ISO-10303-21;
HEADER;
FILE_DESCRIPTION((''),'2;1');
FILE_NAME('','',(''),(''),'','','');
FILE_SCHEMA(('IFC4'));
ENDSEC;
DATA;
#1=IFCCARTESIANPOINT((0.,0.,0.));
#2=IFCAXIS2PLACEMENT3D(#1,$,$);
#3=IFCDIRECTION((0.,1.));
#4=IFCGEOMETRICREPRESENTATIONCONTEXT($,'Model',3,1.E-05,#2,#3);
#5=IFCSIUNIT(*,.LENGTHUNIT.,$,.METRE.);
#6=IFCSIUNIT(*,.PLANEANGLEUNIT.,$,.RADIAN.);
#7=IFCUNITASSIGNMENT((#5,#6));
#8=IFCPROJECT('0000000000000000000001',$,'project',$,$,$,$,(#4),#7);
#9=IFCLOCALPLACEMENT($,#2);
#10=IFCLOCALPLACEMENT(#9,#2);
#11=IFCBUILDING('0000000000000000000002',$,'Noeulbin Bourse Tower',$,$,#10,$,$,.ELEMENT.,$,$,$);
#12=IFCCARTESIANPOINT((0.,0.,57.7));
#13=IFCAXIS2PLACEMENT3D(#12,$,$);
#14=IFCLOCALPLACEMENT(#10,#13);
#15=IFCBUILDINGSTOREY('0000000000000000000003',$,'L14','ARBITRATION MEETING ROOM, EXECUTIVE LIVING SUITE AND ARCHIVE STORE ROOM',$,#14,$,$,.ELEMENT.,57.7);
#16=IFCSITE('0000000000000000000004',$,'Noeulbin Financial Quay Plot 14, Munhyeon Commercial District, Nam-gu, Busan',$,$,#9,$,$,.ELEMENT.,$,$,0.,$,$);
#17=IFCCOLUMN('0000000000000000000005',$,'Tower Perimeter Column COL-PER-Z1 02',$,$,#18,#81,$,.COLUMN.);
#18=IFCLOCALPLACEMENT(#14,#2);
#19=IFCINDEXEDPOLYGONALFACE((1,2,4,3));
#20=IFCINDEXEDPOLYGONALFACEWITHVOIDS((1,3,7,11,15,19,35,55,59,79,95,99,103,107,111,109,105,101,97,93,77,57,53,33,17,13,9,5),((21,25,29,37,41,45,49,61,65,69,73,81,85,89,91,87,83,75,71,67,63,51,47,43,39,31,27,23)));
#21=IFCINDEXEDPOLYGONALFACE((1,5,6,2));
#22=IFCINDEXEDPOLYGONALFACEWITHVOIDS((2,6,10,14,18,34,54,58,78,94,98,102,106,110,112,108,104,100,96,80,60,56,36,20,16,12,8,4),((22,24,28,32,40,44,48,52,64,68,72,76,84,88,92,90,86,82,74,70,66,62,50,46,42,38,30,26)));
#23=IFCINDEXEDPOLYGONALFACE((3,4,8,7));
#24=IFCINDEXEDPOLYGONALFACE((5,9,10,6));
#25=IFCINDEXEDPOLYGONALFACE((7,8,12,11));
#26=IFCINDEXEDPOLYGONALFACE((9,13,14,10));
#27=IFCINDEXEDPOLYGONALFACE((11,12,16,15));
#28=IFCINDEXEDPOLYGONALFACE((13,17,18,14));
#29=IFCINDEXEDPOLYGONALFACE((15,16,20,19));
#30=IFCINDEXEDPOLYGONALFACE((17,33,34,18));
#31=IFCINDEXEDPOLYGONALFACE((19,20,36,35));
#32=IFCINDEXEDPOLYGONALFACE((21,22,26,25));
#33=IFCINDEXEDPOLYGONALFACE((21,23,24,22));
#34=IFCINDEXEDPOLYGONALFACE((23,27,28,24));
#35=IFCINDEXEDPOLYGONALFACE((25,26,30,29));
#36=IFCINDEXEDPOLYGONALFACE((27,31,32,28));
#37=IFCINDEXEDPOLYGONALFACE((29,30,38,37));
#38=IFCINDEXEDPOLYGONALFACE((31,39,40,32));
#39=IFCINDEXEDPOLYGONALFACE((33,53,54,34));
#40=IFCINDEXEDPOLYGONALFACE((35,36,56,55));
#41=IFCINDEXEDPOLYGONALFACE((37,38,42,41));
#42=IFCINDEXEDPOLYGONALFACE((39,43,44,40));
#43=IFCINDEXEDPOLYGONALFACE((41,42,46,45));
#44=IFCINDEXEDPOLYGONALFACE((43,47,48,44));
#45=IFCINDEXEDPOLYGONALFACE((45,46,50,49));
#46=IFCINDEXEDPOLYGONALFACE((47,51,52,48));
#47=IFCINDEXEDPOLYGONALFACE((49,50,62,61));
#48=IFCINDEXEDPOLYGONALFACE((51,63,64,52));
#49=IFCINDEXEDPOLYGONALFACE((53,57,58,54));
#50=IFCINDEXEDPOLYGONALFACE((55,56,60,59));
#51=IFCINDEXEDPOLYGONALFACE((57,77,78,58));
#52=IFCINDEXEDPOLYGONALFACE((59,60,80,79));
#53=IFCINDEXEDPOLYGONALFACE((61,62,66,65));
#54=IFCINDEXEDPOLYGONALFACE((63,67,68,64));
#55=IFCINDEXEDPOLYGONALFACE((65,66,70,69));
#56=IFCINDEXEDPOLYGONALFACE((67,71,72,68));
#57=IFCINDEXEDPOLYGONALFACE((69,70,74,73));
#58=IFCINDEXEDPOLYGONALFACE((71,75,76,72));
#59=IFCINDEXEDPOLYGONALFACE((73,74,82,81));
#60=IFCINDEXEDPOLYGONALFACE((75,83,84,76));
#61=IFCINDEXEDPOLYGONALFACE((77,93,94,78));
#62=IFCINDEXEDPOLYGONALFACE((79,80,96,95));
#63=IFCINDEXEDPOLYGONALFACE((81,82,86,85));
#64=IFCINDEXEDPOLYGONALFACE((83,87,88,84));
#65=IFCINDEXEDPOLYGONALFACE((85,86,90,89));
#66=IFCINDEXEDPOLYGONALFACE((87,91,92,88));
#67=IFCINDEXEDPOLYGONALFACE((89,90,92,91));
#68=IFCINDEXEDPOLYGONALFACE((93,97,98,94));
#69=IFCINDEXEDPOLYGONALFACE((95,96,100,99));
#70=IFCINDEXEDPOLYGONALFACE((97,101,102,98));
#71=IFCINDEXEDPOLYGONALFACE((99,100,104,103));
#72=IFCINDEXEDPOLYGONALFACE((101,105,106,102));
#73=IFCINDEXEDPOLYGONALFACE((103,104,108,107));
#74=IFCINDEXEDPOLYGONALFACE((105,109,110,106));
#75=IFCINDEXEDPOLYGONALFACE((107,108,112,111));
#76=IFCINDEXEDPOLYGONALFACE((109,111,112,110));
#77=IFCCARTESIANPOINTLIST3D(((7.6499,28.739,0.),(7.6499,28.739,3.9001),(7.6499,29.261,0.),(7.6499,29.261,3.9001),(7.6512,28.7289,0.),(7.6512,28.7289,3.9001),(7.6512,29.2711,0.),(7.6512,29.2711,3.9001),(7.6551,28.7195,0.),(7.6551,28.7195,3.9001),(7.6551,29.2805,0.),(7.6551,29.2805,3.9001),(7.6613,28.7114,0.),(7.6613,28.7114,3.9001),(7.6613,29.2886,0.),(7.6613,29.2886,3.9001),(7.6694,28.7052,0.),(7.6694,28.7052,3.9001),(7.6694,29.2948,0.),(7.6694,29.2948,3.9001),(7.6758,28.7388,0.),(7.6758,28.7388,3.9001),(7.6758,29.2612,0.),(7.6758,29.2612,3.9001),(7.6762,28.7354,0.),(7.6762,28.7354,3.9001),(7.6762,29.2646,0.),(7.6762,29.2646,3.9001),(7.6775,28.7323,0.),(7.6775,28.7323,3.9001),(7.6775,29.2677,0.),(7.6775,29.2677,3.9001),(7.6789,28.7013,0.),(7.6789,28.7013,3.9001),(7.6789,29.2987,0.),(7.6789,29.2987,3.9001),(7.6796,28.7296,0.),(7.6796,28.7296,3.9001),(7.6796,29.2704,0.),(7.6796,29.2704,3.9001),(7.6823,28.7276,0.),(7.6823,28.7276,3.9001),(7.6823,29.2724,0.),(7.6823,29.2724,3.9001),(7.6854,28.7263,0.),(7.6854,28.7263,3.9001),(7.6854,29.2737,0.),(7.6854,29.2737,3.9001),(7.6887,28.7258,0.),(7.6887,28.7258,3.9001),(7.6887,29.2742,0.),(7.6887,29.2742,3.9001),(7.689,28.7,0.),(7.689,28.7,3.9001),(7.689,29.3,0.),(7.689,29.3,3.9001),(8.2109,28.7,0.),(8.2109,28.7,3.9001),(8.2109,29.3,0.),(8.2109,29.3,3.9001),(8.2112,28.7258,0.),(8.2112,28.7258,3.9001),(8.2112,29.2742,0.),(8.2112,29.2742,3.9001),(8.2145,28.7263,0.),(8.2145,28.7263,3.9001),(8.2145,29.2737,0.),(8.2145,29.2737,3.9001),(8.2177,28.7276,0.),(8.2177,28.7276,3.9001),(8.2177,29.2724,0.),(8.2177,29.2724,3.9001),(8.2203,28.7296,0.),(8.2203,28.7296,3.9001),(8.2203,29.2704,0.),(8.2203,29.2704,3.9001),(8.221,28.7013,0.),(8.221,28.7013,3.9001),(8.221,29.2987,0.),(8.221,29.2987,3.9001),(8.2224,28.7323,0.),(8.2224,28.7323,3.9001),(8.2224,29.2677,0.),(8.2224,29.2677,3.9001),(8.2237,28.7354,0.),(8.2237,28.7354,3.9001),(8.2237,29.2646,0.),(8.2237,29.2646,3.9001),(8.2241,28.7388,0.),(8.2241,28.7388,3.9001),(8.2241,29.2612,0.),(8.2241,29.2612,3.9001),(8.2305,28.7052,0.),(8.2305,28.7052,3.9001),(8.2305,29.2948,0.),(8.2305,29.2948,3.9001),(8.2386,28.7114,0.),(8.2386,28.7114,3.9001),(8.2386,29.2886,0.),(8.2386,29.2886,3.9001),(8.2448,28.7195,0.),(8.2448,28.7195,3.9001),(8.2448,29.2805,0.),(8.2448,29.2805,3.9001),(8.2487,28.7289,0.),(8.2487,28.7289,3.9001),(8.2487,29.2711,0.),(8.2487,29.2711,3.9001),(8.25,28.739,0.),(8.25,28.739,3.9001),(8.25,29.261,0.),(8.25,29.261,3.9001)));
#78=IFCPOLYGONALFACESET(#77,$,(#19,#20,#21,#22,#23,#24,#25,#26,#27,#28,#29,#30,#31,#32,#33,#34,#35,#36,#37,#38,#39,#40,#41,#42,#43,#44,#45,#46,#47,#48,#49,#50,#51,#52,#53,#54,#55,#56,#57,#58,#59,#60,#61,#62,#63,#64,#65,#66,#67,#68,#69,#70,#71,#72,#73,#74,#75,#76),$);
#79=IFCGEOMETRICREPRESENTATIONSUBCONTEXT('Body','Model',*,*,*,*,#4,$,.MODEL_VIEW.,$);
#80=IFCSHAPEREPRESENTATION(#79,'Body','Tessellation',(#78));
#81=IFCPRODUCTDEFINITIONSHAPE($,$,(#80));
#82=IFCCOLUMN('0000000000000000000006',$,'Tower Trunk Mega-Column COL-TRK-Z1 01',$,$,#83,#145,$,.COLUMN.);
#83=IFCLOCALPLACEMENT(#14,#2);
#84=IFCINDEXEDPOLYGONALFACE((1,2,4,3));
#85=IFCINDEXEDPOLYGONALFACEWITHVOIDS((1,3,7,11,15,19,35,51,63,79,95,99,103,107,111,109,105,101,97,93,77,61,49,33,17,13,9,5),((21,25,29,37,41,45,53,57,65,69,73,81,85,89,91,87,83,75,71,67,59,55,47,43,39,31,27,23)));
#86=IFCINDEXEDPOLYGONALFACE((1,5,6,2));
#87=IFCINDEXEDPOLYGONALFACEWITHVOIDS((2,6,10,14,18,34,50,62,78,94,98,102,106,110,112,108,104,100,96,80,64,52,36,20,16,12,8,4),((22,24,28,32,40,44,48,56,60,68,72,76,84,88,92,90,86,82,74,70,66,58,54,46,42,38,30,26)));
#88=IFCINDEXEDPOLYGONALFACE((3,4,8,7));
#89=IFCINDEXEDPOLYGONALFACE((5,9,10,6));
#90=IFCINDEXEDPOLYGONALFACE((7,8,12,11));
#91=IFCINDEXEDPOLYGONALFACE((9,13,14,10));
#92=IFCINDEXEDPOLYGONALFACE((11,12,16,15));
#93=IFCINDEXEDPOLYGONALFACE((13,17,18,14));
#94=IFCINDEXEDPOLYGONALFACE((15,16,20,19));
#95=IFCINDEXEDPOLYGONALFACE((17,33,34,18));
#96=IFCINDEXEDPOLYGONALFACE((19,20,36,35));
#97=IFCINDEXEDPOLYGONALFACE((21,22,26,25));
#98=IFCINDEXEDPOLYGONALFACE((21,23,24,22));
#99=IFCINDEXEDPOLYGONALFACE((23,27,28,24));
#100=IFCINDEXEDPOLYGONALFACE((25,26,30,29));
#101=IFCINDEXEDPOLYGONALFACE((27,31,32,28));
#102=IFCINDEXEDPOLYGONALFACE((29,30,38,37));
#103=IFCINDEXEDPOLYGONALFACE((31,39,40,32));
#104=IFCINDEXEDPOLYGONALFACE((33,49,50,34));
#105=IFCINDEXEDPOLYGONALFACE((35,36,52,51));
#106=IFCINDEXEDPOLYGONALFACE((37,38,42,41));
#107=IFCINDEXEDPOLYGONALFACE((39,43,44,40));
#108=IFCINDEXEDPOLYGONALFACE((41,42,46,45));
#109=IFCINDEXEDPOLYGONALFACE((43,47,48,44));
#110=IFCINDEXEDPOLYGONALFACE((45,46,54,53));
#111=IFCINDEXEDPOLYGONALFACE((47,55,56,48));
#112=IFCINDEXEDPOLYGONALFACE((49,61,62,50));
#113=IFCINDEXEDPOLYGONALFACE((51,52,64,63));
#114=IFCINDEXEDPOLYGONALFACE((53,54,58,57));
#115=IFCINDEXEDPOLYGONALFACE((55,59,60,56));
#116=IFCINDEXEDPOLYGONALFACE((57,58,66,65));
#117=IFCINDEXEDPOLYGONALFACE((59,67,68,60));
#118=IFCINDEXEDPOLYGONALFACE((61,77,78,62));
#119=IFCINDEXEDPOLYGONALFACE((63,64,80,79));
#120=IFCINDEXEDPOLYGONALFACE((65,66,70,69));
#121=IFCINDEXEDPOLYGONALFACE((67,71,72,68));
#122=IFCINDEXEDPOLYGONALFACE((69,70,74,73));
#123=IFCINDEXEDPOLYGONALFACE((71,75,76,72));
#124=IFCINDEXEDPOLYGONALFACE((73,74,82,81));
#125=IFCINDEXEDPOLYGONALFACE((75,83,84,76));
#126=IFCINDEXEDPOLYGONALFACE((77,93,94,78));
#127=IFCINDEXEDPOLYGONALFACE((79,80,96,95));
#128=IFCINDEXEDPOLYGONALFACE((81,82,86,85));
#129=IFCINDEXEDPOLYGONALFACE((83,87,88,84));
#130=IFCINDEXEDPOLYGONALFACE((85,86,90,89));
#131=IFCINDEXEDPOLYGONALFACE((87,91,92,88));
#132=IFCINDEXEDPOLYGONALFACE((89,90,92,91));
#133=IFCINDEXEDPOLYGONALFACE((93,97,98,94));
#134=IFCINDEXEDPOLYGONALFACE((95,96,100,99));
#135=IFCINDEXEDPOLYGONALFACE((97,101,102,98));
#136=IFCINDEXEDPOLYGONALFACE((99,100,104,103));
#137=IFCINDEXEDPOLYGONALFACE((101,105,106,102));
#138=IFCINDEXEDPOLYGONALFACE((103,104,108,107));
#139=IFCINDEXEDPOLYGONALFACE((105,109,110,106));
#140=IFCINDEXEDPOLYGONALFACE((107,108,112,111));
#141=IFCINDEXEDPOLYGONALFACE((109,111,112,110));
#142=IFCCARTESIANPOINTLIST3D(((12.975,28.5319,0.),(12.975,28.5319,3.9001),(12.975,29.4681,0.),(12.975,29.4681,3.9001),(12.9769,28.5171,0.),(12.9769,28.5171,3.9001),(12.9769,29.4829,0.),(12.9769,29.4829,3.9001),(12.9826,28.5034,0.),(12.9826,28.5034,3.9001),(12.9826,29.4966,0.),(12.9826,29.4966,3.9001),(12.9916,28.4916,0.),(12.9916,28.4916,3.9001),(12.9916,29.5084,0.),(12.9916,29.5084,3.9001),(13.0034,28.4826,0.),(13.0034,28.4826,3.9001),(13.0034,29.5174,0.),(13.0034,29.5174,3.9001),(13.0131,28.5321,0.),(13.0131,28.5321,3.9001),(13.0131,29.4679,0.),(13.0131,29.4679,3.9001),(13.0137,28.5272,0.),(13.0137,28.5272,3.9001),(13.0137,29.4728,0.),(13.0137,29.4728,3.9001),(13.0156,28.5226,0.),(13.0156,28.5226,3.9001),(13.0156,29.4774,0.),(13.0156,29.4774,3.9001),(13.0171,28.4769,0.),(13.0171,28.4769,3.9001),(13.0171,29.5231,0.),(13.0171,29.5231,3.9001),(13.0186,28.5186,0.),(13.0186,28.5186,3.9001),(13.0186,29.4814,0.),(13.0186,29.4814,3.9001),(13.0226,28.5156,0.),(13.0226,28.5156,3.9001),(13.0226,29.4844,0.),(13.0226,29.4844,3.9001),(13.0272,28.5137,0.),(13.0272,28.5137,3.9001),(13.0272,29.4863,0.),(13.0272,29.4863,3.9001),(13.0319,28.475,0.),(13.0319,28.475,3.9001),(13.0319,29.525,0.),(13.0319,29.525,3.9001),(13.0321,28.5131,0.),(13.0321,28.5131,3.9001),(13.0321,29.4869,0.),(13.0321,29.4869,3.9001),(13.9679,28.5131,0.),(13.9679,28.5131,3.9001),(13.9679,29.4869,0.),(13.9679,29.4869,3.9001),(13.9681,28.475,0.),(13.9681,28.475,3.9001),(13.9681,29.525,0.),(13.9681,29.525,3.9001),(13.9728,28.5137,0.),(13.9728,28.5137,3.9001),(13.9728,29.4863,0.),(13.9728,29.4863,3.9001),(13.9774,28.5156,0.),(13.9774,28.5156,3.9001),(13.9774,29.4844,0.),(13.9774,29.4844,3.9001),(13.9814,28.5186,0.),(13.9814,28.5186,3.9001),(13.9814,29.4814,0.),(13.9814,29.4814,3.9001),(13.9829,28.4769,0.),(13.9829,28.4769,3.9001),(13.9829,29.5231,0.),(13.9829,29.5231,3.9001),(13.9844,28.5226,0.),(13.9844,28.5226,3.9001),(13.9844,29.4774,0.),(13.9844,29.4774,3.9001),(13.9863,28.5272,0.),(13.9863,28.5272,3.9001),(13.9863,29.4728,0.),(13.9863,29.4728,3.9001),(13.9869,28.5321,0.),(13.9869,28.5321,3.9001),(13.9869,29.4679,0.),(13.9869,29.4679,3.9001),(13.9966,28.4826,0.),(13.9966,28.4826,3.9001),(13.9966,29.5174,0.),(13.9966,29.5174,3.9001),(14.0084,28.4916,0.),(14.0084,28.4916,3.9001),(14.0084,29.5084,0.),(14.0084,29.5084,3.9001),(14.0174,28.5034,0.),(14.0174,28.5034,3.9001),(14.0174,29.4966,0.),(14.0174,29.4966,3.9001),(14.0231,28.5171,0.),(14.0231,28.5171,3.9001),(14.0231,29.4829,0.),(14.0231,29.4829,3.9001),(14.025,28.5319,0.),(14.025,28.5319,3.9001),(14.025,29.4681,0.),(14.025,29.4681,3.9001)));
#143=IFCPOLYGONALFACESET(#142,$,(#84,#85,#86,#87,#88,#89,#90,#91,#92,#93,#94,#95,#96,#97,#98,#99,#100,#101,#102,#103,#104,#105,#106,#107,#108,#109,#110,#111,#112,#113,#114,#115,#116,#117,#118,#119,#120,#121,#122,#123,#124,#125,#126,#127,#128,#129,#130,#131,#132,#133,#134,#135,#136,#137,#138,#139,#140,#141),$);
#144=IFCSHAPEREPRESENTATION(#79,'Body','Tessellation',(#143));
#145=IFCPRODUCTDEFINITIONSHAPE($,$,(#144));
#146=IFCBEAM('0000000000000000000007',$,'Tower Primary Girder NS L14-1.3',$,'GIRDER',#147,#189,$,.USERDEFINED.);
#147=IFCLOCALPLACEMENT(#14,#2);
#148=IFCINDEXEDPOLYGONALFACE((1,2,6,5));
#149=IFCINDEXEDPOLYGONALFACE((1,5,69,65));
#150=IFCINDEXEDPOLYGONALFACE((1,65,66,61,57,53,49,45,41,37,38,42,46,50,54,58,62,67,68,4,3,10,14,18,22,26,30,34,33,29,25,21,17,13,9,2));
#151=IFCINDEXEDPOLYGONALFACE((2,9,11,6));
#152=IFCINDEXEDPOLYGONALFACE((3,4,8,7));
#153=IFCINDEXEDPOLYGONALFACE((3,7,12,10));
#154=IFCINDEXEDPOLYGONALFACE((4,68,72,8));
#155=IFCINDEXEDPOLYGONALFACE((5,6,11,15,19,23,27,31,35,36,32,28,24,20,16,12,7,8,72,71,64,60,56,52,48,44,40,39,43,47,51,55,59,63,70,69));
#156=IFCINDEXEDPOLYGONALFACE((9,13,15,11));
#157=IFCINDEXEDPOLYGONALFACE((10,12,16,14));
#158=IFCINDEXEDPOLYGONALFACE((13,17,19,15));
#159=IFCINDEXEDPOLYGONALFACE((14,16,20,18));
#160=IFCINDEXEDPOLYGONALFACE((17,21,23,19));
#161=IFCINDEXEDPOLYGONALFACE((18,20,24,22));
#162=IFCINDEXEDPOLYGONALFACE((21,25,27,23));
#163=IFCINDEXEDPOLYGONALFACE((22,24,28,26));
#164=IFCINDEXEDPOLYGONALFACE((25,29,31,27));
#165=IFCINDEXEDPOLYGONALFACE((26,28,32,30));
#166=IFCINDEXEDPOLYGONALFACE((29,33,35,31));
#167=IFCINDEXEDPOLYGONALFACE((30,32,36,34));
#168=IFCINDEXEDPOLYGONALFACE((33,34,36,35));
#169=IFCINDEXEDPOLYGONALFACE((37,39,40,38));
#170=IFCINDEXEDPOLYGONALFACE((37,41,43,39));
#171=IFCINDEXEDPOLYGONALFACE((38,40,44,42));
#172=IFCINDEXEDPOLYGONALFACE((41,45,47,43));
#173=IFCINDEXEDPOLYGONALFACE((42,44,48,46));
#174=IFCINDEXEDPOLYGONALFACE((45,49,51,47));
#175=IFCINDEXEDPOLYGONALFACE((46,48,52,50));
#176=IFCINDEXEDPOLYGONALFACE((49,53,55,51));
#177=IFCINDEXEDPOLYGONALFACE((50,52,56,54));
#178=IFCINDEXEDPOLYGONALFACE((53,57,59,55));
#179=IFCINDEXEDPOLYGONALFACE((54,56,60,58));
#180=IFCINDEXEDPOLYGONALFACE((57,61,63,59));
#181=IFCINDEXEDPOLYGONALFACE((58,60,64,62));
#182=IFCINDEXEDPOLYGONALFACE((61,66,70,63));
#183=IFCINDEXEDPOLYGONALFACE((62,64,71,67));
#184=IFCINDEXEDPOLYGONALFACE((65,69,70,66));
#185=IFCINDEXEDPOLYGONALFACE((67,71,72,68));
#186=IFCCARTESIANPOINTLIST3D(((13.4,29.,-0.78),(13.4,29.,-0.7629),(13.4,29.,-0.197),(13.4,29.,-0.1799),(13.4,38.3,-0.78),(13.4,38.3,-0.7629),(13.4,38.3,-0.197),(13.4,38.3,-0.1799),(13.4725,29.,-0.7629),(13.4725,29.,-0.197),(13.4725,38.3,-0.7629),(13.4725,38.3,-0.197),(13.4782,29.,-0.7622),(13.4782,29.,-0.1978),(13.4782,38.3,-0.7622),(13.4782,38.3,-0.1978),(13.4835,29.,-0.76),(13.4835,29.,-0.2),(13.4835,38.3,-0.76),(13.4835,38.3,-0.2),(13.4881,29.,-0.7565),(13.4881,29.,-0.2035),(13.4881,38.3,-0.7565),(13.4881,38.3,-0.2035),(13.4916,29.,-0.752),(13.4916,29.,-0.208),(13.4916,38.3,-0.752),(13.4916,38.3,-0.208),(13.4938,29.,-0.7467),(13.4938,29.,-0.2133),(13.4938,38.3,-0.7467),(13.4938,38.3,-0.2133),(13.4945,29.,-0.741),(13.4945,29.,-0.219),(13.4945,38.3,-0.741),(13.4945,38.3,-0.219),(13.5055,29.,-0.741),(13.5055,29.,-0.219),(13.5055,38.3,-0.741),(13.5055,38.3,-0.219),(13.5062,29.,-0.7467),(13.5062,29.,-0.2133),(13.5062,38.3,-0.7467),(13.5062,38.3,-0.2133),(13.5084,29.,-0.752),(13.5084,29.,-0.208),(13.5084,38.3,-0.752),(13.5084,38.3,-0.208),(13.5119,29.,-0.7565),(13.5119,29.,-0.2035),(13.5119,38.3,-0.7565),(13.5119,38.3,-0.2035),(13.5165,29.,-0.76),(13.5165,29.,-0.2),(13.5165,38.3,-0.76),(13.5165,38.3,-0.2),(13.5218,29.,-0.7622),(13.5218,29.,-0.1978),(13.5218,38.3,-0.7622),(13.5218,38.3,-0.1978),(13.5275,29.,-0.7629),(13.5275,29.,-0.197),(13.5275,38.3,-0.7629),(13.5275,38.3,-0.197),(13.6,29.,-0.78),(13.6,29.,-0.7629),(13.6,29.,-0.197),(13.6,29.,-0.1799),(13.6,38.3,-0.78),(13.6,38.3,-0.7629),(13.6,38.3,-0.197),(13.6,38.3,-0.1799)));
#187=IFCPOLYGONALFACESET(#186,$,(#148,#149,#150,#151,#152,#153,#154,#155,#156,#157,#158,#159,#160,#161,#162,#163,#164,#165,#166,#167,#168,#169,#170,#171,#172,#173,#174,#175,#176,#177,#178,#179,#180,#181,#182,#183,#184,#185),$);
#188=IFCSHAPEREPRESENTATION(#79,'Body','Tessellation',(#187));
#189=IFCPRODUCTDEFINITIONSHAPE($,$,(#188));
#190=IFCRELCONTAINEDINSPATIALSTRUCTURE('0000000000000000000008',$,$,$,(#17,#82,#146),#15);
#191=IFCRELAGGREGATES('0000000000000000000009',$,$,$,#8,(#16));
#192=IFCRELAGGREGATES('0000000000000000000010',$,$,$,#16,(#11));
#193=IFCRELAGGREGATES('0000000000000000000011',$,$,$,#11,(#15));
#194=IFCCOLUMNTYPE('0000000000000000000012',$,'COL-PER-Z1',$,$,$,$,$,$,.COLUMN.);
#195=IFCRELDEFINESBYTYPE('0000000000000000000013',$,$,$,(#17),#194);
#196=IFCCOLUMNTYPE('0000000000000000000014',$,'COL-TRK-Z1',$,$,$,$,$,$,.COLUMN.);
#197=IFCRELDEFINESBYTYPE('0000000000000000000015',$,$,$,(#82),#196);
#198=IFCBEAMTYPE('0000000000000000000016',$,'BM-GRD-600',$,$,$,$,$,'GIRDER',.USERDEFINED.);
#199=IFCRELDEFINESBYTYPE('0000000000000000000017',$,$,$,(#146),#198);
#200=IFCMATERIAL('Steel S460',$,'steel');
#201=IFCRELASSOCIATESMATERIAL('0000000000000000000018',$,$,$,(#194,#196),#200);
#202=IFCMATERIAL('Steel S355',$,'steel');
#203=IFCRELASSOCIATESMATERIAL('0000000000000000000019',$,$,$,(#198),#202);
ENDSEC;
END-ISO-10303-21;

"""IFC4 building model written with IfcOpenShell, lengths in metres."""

from ifc_helpers import new_model, si_unit, direction, frame, origin, origin_2d, place, context, subcontext, project, spatial, hollow_rectangle, i_section, extrude, material, material_profile, profile_set, type_object, element, save


model = new_model("IFC4")

# Units and contexts
model_context = context("Model", 3, precision=1e-05, world=origin(), true_north=direction((0.0, 1.0)))
body_context = subcontext(model_context, "Body", "Model", "MODEL_VIEW")
ifc_project = project(units=[si_unit("LENGTHUNIT", "METRE"), si_unit("PLANEANGLEUNIT", "RADIAN")], contexts=[model_context])

# Site, building, storey
site_placement = place(None, origin())
site = spatial("IfcSite", under=ifc_project, at=site_placement, Name="Noeulbin Financial Quay Plot 14, Munhyeon Commercial District, Nam-gu, Busan", CompositionType="ELEMENT", RefElevation=0.0)
building_placement = place(site_placement, origin())
building = spatial("IfcBuilding", under=site, at=building_placement, Name="Noeulbin Bourse Tower", CompositionType="ELEMENT")
storey_placement = place(building_placement, frame((0.0, 0.0, 57.7)))
storey = spatial("IfcBuildingStorey", under=building, at=storey_placement, Name="L14", Description="ARBITRATION MEETING ROOM, EXECUTIVE LIVING SUITE AND ARCHIVE STORE ROOM", CompositionType="ELEMENT", Elevation=57.7)

# Columns
ifc_material_1 = material(Name="Steel S460", Category="steel")
ifc_material_profile_1 = material_profile(ifc_material_1, hollow_rectangle(XDim=0.6001, YDim=0.6001, WallThickness=0.0259, InnerFilletRadius=0.0129, OuterFilletRadius=0.0391, at=origin_2d()), Name="BOX-600x600x26", Category="LoadBearing")
ifc_profile_set_1 = profile_set([ifc_material_profile_1], Name="Steel S460")
column_type_1 = type_object("IfcColumnType", Name="COL-PER-Z1", PredefinedType="COLUMN", material=ifc_profile_set_1)
column_1_placement = place(storey_placement, frame((7.95, 29.0, 0.0), z_axis=(0.0, 0.0, 1.0), x_axis=(1.0, 0.0, 0.0)))
element("IfcColumn", 1, at=column_1_placement, inside=storey, type_object=column_type_1, Name="Tower Perimeter Column COL-PER-Z1 02", PredefinedType="COLUMN", context=body_context, shape_type="SweptSolid", body=[
    extrude(hollow_rectangle(XDim=0.6001, YDim=0.6001, WallThickness=0.0259, InnerFilletRadius=0.0129, OuterFilletRadius=0.0391, at=origin_2d()), origin(), (0.0, 0.0, 1.0), 3.9001),
])
ifc_material_profile_2 = material_profile(ifc_material_1, hollow_rectangle(XDim=1.05, YDim=1.05, WallThickness=0.0381, InnerFilletRadius=0.019, OuterFilletRadius=0.0569, at=origin_2d()), Name="BOX-1050x1050x38", Category="LoadBearing")
ifc_profile_set_2 = profile_set([ifc_material_profile_2], Name="Steel S460")
column_type_2 = type_object("IfcColumnType", Name="COL-TRK-Z1", PredefinedType="COLUMN", material=ifc_profile_set_2)
column_2_placement = place(storey_placement, frame((13.5, 29.0, 0.0), z_axis=(0.0, 0.0, 1.0), x_axis=(1.0, 0.0, 0.0)))
element("IfcColumn", 2, at=column_2_placement, inside=storey, type_object=column_type_2, Name="Tower Trunk Mega-Column COL-TRK-Z1 01", PredefinedType="COLUMN", context=body_context, shape_type="SweptSolid", body=[
    extrude(hollow_rectangle(XDim=1.05, YDim=1.05, WallThickness=0.0381, InnerFilletRadius=0.019, OuterFilletRadius=0.0569, at=origin_2d()), origin(), (0.0, 0.0, 1.0), 3.9001),
])

# Beam
ifc_material_2 = material(Name="Steel S355", Category="steel")
ifc_material_profile_3 = material_profile(ifc_material_2, i_section(OverallWidth=0.2, OverallDepth=0.6001, WebThickness=0.011, FlangeThickness=0.0171, FilletRadius=0.022, at=origin_2d()), Name="H-600x200x11x17", Category="LoadBearing")
ifc_profile_set_3 = profile_set([ifc_material_profile_3], Name="Steel S355")
beam_type_1 = type_object("IfcBeamType", Name="BM-GRD-600", ElementType="GIRDER", PredefinedType="USERDEFINED", material=ifc_profile_set_3)
beam_1_placement = place(storey_placement, frame((13.5, 29.0, -0.48), z_axis=(0.0, 1.0, 0.0), x_axis=(-1.0, 0.0, 0.0)))
element("IfcBeam", 3, at=beam_1_placement, inside=storey, type_object=beam_type_1, Name="Tower Primary Girder NS L14-1.3", ObjectType="GIRDER", PredefinedType="USERDEFINED", context=body_context, shape_type="SweptSolid", body=[
    extrude(i_section(OverallWidth=0.2, OverallDepth=0.6001, WebThickness=0.011, FlangeThickness=0.0171, FilletRadius=0.022, at=origin_2d()), origin(), (0.0, 0.0, 1.0), 9.3),
])

save(model, "model.ifc")
